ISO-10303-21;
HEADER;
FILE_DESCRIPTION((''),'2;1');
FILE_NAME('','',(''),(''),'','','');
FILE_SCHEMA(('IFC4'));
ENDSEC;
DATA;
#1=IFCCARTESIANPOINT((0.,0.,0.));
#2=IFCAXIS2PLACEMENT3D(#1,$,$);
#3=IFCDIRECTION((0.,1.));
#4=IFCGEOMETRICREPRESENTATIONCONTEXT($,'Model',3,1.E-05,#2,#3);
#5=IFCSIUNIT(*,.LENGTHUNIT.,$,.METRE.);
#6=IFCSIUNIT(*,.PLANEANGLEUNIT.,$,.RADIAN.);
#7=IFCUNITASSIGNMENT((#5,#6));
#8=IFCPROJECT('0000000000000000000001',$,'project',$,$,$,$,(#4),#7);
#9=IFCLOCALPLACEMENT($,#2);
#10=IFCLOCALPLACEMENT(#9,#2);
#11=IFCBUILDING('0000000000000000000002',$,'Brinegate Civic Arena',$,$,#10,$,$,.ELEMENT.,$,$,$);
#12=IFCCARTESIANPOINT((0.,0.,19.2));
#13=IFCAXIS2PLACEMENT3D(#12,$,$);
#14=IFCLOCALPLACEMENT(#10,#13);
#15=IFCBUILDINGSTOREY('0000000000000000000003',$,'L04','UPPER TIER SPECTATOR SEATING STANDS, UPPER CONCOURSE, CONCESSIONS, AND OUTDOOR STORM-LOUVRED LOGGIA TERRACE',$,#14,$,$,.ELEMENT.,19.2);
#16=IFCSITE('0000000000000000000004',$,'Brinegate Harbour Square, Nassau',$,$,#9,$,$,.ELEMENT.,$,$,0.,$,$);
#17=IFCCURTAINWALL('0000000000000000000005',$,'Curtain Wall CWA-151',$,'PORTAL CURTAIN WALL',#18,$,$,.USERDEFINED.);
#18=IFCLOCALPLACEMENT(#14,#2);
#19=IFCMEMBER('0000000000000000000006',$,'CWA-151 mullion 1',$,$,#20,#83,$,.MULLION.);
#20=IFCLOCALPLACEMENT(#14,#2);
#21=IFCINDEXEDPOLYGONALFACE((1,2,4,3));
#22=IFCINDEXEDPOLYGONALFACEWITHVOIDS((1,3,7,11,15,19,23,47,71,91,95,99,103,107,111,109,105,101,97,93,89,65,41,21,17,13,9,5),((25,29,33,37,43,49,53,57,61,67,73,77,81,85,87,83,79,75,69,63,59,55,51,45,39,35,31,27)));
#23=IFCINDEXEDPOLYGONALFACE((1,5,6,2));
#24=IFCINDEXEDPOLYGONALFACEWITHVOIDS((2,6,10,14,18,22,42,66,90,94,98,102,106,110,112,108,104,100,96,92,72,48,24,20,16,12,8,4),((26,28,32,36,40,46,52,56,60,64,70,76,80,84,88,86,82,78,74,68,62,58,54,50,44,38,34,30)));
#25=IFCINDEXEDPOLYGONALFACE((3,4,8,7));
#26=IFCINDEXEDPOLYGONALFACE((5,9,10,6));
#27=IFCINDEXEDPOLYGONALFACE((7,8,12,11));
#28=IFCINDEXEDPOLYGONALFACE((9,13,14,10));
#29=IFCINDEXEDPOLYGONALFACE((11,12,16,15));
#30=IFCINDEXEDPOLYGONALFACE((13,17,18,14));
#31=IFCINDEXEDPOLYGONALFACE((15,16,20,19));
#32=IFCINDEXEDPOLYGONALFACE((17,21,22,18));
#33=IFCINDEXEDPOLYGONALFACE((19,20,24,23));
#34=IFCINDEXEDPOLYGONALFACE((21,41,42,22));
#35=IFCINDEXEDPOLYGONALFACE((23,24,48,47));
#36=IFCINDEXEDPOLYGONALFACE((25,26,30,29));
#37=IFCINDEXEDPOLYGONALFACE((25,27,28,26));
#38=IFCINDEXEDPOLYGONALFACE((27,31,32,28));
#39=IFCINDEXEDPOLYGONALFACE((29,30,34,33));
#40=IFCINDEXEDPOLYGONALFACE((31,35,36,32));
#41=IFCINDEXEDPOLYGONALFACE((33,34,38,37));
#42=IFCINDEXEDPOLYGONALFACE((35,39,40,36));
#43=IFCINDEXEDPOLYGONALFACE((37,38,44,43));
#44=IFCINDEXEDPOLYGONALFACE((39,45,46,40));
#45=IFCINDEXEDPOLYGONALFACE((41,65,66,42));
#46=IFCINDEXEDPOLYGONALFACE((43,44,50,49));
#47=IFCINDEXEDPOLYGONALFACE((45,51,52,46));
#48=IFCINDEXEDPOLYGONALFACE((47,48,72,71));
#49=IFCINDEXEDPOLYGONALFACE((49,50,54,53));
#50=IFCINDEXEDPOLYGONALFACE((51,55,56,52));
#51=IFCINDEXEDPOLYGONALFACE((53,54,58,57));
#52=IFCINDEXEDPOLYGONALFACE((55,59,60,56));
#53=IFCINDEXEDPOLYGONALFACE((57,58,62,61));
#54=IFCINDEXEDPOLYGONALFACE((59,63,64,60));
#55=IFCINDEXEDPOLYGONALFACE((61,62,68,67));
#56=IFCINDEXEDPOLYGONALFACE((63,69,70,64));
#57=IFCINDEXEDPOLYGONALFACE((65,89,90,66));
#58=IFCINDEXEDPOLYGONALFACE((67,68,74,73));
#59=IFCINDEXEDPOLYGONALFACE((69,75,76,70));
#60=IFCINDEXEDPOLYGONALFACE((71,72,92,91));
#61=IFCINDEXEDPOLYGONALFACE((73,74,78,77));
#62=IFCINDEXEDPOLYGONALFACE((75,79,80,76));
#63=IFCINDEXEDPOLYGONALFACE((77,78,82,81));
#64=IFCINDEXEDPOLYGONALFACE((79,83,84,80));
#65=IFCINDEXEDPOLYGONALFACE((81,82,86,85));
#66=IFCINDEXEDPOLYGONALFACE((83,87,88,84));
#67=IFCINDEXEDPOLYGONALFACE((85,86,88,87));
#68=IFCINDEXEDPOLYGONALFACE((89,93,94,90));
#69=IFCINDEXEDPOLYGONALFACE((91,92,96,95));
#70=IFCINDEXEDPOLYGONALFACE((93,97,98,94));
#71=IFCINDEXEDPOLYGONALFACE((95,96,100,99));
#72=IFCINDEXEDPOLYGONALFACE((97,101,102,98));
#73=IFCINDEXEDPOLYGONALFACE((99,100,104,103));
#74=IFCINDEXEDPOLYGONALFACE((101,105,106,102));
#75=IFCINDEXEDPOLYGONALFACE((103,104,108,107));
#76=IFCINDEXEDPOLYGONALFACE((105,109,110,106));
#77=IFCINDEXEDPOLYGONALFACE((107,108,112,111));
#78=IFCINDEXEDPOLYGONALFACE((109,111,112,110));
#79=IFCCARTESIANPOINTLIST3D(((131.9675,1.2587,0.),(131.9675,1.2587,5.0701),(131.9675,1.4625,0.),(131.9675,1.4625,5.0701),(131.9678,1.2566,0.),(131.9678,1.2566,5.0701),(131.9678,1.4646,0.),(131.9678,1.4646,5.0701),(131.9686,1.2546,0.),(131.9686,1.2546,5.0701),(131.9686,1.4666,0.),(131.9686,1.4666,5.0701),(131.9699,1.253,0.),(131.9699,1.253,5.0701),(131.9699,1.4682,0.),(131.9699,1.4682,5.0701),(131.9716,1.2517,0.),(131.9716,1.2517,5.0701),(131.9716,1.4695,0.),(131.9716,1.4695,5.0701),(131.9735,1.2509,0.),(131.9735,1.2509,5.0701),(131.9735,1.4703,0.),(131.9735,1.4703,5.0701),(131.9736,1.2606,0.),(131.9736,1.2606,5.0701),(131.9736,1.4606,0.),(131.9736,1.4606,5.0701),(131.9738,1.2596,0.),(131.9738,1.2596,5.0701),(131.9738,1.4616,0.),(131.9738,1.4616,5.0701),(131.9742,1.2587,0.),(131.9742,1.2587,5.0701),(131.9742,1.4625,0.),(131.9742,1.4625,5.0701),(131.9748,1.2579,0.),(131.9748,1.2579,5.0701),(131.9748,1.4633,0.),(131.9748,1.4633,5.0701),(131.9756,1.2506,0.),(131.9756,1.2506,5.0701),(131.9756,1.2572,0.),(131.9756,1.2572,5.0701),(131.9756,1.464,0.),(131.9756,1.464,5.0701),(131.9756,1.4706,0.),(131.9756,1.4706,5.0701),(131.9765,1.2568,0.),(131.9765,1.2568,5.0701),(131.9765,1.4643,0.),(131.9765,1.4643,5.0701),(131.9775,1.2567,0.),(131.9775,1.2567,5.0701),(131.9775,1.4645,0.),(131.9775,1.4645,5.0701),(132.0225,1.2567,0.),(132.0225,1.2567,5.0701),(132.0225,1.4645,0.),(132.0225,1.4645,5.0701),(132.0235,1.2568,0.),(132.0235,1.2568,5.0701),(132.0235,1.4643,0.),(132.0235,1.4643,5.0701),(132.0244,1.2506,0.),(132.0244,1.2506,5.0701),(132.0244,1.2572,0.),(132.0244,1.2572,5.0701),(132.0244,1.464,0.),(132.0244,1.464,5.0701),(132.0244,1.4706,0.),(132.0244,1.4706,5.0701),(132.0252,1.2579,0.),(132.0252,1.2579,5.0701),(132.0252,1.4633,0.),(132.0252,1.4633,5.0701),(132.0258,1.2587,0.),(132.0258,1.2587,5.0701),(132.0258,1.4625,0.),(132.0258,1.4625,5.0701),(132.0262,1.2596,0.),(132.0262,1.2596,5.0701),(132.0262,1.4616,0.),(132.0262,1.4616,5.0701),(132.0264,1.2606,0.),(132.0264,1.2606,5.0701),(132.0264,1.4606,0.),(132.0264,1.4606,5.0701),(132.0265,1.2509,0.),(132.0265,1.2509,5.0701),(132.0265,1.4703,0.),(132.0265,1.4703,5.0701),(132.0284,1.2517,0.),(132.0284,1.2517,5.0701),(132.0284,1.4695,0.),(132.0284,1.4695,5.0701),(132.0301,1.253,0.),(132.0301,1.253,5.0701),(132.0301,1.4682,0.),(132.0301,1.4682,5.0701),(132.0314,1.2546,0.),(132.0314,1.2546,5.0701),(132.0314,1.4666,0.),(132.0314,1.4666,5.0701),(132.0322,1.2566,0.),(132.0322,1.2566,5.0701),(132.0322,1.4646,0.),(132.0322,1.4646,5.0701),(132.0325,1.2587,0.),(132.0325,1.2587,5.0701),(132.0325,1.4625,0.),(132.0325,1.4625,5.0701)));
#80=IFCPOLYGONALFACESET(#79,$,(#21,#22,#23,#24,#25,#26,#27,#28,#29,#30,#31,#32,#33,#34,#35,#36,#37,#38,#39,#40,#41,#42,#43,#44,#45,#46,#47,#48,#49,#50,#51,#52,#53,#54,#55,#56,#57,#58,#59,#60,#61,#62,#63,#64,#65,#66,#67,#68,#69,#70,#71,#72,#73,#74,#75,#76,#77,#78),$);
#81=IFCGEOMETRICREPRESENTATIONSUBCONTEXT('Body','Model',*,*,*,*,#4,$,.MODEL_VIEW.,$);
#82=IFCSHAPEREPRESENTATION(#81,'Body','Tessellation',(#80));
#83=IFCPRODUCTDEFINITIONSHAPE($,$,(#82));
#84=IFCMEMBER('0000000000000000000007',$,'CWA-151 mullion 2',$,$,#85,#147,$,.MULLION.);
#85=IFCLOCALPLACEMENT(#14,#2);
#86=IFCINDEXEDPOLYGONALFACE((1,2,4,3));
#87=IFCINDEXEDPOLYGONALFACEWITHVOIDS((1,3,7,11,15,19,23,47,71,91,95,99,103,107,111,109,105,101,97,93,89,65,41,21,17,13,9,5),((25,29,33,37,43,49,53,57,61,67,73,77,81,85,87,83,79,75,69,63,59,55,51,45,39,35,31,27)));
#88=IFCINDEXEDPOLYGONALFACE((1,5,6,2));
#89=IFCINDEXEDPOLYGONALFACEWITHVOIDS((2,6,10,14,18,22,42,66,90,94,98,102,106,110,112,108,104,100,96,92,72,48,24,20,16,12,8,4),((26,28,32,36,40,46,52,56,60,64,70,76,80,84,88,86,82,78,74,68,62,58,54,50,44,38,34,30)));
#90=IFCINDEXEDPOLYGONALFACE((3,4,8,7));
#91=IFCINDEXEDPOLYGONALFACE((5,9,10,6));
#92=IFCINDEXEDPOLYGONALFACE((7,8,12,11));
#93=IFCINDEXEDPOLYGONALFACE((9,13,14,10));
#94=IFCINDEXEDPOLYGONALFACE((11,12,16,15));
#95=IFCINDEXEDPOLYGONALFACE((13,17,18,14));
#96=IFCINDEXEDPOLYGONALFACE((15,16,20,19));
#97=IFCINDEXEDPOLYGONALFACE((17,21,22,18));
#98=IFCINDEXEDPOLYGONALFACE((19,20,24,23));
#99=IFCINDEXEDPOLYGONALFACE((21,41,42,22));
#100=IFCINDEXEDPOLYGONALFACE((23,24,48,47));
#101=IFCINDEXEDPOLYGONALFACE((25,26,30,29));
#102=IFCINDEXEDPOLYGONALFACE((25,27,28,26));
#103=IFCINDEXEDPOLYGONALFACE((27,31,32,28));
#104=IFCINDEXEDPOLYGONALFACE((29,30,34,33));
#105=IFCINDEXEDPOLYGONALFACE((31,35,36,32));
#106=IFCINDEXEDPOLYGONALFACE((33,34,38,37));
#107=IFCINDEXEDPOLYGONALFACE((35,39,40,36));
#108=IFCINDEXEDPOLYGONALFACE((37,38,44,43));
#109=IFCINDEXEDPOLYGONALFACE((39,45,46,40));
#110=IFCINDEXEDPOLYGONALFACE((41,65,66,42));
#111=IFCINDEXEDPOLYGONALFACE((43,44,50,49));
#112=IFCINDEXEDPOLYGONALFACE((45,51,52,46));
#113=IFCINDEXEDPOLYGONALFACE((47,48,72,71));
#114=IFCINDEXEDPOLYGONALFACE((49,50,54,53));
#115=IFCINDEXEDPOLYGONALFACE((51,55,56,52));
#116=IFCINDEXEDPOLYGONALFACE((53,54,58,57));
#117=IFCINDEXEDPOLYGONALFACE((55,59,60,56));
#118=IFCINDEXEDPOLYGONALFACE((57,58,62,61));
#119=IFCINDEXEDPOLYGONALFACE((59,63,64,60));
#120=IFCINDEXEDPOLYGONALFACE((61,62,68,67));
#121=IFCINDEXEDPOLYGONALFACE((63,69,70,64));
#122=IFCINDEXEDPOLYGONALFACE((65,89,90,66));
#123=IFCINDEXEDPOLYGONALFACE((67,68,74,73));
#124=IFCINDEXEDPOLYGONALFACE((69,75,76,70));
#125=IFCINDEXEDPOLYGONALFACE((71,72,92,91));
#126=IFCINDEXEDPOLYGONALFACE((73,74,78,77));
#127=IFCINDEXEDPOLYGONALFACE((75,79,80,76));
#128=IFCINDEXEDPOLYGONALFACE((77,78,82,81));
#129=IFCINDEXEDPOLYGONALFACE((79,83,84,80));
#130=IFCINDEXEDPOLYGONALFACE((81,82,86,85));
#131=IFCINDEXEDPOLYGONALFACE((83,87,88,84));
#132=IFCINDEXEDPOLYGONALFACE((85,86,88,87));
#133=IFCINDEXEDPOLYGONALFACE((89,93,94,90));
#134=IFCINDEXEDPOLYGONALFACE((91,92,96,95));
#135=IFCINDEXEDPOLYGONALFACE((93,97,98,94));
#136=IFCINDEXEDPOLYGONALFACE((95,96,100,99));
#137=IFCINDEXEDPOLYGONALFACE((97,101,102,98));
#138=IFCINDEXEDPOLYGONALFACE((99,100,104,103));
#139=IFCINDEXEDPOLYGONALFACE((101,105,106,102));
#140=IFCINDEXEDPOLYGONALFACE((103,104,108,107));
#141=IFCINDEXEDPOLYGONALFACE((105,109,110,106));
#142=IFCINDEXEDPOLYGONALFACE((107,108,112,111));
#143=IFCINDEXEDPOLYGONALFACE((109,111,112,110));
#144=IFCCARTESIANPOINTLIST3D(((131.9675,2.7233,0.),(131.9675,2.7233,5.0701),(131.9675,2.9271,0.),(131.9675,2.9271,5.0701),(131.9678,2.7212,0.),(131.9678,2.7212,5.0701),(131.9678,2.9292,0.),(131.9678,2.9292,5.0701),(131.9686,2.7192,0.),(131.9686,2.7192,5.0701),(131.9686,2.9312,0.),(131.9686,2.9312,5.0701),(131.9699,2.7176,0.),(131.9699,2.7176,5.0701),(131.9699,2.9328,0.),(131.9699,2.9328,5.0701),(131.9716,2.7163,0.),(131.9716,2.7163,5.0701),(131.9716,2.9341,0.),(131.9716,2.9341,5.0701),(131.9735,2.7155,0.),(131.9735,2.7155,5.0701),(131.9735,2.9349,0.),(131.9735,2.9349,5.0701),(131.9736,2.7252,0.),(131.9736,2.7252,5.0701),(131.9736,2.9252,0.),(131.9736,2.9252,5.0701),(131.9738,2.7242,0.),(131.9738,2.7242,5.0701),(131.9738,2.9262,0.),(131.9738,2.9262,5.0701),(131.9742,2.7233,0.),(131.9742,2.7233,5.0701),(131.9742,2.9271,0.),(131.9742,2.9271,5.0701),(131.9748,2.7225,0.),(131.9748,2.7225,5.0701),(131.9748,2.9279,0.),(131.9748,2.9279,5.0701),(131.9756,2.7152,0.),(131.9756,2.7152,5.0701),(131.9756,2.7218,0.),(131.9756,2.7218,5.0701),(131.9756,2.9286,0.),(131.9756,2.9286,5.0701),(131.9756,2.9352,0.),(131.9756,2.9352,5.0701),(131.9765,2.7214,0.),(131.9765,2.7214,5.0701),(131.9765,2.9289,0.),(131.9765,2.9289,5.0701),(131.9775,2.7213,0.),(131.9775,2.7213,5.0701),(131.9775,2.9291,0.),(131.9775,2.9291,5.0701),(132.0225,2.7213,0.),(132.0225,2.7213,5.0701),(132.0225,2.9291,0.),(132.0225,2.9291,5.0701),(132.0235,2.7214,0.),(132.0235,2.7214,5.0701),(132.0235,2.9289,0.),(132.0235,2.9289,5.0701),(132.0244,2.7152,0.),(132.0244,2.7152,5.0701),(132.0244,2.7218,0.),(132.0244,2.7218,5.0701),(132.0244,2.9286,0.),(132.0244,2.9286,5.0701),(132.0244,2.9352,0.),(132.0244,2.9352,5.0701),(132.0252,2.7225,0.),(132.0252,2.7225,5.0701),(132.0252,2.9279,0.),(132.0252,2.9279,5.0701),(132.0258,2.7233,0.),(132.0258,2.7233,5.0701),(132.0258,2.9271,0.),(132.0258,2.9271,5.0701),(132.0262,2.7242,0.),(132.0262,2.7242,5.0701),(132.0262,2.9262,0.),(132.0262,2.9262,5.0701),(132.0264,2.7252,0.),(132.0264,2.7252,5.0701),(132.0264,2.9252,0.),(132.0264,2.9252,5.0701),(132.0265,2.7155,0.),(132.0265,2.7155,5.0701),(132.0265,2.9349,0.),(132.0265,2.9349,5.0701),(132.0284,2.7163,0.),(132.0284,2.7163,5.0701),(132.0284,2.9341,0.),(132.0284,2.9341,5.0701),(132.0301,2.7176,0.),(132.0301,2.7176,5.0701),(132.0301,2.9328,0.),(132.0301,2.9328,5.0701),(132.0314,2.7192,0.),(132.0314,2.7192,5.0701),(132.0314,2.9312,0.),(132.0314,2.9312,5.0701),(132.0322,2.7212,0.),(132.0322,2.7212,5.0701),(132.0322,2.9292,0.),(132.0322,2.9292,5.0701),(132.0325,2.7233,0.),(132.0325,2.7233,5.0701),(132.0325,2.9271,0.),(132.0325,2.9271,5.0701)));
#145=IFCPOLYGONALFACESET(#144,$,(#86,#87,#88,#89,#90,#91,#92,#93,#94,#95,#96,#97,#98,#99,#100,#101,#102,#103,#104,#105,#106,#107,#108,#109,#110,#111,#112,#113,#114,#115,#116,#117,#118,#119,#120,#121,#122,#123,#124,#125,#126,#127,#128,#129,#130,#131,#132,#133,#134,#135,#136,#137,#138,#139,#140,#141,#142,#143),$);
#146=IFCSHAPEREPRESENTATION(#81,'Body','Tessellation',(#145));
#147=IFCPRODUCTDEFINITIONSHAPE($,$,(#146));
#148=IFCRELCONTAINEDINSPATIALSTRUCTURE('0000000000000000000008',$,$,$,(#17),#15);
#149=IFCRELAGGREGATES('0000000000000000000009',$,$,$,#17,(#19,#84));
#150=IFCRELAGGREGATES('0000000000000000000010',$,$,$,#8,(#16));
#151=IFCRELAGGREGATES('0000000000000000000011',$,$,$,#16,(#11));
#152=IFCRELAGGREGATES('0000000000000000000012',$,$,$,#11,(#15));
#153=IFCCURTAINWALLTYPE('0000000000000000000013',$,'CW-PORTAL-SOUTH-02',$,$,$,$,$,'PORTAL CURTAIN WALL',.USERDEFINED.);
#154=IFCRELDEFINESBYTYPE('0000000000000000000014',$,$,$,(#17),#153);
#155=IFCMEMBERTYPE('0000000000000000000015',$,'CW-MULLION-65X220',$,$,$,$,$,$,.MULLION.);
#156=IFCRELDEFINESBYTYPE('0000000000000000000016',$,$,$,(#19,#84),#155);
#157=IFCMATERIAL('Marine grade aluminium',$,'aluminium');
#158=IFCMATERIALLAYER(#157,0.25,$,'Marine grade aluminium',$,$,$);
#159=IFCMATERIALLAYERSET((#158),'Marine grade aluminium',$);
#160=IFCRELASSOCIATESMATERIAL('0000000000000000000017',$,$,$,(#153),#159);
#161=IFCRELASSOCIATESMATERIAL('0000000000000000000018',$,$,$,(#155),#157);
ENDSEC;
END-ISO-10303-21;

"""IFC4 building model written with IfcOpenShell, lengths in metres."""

from ifc_helpers import new_model, si_unit, direction, frame, origin, origin_2d, place, context, subcontext, project, spatial, hollow_rectangle, extrude, material, layer, layer_set, material_profile, profile_set, type_object, element, aggregate, save


model = new_model("IFC4")

# Units and contexts
model_context = context("Model", 3, precision=1e-05, world=origin(), true_north=direction((0.0, 1.0)))
body_context = subcontext(model_context, "Body", "Model", "MODEL_VIEW")
ifc_project = project(units=[si_unit("LENGTHUNIT", "METRE"), si_unit("PLANEANGLEUNIT", "RADIAN")], contexts=[model_context])

# Site, building, storey
site_placement = place(None, origin())
site = spatial("IfcSite", under=ifc_project, at=site_placement, Name="Brinegate Harbour Square, Nassau", CompositionType="ELEMENT", RefElevation=0.0)
building_placement = place(site_placement, origin())
building = spatial("IfcBuilding", under=site, at=building_placement, Name="Brinegate Civic Arena", CompositionType="ELEMENT")
storey_placement = place(building_placement, frame((0.0, 0.0, 19.2)))
storey = spatial("IfcBuildingStorey", under=building, at=storey_placement, Name="L04", Description="UPPER TIER SPECTATOR SEATING STANDS, UPPER CONCOURSE, CONCESSIONS, AND OUTDOOR STORM-LOUVRED LOGGIA TERRACE", CompositionType="ELEMENT", Elevation=19.2)

# Curtain wall, members
ifc_material_1 = material(Name="Marine grade aluminium", Category="aluminium")
ifc_layer_1 = layer(ifc_material_1, 0.25, Name="Marine grade aluminium")
ifc_layer_set_1 = layer_set([ifc_layer_1], Name="Marine grade aluminium")
curtain_wall_type = type_object("IfcCurtainWallType", Name="CW-PORTAL-SOUTH-02", ElementType="PORTAL CURTAIN WALL", PredefinedType="USERDEFINED", material=ifc_layer_set_1)
curtain_wall_placement = place(storey_placement, origin())
curtain_wall = element("IfcCurtainWall", 1, at=curtain_wall_placement, inside=storey, type_object=curtain_wall_type, Name="Curtain Wall CWA-151", ObjectType="PORTAL CURTAIN WALL", PredefinedType="USERDEFINED")
ifc_material_profile_1 = material_profile(ifc_material_1, hollow_rectangle(XDim=0.0649, YDim=0.22, WallThickness=0.0061, InnerFilletRadius=0.0039, OuterFilletRadius=0.0081, at=origin_2d()), Name="MUL65X220")
ifc_profile_set_1 = profile_set([ifc_material_profile_1], Name="Marine grade aluminium")
member_type_1 = type_object("IfcMemberType", Name="CW-MULLION-65X220", PredefinedType="MULLION", material=ifc_profile_set_1)
member_1_placement = place(storey_placement, frame((132.0, 1.3606, 0.0), z_axis=(0.0, 0.0, 1.0), x_axis=(-1.0, 0.0, 0.0)))
member_1 = element("IfcMember", 2, at=member_1_placement, type_object=member_type_1, Name="CWA-151 mullion 1", PredefinedType="MULLION", context=body_context, shape_type="SweptSolid", body=[
    extrude(hollow_rectangle(XDim=0.0649, YDim=0.22, WallThickness=0.0061, InnerFilletRadius=0.0039, OuterFilletRadius=0.0081, at=origin_2d()), origin(), (0.0, 0.0, 1.0), 5.0701),
])
member_2_placement = place(storey_placement, frame((132.0, 2.8252, 0.0), z_axis=(0.0, 0.0, 1.0), x_axis=(-1.0, 0.0, 0.0)))
member_2 = element("IfcMember", 3, at=member_2_placement, type_object=member_type_1, Name="CWA-151 mullion 2", PredefinedType="MULLION", context=body_context, shape_type="SweptSolid", body=[
    extrude(hollow_rectangle(XDim=0.0649, YDim=0.22, WallThickness=0.0061, InnerFilletRadius=0.0039, OuterFilletRadius=0.0081, at=origin_2d()), origin(), (0.0, 0.0, 1.0), 5.0701),
])
aggregate(curtain_wall, [member_1, member_2])

save(model, "model.ifc")
